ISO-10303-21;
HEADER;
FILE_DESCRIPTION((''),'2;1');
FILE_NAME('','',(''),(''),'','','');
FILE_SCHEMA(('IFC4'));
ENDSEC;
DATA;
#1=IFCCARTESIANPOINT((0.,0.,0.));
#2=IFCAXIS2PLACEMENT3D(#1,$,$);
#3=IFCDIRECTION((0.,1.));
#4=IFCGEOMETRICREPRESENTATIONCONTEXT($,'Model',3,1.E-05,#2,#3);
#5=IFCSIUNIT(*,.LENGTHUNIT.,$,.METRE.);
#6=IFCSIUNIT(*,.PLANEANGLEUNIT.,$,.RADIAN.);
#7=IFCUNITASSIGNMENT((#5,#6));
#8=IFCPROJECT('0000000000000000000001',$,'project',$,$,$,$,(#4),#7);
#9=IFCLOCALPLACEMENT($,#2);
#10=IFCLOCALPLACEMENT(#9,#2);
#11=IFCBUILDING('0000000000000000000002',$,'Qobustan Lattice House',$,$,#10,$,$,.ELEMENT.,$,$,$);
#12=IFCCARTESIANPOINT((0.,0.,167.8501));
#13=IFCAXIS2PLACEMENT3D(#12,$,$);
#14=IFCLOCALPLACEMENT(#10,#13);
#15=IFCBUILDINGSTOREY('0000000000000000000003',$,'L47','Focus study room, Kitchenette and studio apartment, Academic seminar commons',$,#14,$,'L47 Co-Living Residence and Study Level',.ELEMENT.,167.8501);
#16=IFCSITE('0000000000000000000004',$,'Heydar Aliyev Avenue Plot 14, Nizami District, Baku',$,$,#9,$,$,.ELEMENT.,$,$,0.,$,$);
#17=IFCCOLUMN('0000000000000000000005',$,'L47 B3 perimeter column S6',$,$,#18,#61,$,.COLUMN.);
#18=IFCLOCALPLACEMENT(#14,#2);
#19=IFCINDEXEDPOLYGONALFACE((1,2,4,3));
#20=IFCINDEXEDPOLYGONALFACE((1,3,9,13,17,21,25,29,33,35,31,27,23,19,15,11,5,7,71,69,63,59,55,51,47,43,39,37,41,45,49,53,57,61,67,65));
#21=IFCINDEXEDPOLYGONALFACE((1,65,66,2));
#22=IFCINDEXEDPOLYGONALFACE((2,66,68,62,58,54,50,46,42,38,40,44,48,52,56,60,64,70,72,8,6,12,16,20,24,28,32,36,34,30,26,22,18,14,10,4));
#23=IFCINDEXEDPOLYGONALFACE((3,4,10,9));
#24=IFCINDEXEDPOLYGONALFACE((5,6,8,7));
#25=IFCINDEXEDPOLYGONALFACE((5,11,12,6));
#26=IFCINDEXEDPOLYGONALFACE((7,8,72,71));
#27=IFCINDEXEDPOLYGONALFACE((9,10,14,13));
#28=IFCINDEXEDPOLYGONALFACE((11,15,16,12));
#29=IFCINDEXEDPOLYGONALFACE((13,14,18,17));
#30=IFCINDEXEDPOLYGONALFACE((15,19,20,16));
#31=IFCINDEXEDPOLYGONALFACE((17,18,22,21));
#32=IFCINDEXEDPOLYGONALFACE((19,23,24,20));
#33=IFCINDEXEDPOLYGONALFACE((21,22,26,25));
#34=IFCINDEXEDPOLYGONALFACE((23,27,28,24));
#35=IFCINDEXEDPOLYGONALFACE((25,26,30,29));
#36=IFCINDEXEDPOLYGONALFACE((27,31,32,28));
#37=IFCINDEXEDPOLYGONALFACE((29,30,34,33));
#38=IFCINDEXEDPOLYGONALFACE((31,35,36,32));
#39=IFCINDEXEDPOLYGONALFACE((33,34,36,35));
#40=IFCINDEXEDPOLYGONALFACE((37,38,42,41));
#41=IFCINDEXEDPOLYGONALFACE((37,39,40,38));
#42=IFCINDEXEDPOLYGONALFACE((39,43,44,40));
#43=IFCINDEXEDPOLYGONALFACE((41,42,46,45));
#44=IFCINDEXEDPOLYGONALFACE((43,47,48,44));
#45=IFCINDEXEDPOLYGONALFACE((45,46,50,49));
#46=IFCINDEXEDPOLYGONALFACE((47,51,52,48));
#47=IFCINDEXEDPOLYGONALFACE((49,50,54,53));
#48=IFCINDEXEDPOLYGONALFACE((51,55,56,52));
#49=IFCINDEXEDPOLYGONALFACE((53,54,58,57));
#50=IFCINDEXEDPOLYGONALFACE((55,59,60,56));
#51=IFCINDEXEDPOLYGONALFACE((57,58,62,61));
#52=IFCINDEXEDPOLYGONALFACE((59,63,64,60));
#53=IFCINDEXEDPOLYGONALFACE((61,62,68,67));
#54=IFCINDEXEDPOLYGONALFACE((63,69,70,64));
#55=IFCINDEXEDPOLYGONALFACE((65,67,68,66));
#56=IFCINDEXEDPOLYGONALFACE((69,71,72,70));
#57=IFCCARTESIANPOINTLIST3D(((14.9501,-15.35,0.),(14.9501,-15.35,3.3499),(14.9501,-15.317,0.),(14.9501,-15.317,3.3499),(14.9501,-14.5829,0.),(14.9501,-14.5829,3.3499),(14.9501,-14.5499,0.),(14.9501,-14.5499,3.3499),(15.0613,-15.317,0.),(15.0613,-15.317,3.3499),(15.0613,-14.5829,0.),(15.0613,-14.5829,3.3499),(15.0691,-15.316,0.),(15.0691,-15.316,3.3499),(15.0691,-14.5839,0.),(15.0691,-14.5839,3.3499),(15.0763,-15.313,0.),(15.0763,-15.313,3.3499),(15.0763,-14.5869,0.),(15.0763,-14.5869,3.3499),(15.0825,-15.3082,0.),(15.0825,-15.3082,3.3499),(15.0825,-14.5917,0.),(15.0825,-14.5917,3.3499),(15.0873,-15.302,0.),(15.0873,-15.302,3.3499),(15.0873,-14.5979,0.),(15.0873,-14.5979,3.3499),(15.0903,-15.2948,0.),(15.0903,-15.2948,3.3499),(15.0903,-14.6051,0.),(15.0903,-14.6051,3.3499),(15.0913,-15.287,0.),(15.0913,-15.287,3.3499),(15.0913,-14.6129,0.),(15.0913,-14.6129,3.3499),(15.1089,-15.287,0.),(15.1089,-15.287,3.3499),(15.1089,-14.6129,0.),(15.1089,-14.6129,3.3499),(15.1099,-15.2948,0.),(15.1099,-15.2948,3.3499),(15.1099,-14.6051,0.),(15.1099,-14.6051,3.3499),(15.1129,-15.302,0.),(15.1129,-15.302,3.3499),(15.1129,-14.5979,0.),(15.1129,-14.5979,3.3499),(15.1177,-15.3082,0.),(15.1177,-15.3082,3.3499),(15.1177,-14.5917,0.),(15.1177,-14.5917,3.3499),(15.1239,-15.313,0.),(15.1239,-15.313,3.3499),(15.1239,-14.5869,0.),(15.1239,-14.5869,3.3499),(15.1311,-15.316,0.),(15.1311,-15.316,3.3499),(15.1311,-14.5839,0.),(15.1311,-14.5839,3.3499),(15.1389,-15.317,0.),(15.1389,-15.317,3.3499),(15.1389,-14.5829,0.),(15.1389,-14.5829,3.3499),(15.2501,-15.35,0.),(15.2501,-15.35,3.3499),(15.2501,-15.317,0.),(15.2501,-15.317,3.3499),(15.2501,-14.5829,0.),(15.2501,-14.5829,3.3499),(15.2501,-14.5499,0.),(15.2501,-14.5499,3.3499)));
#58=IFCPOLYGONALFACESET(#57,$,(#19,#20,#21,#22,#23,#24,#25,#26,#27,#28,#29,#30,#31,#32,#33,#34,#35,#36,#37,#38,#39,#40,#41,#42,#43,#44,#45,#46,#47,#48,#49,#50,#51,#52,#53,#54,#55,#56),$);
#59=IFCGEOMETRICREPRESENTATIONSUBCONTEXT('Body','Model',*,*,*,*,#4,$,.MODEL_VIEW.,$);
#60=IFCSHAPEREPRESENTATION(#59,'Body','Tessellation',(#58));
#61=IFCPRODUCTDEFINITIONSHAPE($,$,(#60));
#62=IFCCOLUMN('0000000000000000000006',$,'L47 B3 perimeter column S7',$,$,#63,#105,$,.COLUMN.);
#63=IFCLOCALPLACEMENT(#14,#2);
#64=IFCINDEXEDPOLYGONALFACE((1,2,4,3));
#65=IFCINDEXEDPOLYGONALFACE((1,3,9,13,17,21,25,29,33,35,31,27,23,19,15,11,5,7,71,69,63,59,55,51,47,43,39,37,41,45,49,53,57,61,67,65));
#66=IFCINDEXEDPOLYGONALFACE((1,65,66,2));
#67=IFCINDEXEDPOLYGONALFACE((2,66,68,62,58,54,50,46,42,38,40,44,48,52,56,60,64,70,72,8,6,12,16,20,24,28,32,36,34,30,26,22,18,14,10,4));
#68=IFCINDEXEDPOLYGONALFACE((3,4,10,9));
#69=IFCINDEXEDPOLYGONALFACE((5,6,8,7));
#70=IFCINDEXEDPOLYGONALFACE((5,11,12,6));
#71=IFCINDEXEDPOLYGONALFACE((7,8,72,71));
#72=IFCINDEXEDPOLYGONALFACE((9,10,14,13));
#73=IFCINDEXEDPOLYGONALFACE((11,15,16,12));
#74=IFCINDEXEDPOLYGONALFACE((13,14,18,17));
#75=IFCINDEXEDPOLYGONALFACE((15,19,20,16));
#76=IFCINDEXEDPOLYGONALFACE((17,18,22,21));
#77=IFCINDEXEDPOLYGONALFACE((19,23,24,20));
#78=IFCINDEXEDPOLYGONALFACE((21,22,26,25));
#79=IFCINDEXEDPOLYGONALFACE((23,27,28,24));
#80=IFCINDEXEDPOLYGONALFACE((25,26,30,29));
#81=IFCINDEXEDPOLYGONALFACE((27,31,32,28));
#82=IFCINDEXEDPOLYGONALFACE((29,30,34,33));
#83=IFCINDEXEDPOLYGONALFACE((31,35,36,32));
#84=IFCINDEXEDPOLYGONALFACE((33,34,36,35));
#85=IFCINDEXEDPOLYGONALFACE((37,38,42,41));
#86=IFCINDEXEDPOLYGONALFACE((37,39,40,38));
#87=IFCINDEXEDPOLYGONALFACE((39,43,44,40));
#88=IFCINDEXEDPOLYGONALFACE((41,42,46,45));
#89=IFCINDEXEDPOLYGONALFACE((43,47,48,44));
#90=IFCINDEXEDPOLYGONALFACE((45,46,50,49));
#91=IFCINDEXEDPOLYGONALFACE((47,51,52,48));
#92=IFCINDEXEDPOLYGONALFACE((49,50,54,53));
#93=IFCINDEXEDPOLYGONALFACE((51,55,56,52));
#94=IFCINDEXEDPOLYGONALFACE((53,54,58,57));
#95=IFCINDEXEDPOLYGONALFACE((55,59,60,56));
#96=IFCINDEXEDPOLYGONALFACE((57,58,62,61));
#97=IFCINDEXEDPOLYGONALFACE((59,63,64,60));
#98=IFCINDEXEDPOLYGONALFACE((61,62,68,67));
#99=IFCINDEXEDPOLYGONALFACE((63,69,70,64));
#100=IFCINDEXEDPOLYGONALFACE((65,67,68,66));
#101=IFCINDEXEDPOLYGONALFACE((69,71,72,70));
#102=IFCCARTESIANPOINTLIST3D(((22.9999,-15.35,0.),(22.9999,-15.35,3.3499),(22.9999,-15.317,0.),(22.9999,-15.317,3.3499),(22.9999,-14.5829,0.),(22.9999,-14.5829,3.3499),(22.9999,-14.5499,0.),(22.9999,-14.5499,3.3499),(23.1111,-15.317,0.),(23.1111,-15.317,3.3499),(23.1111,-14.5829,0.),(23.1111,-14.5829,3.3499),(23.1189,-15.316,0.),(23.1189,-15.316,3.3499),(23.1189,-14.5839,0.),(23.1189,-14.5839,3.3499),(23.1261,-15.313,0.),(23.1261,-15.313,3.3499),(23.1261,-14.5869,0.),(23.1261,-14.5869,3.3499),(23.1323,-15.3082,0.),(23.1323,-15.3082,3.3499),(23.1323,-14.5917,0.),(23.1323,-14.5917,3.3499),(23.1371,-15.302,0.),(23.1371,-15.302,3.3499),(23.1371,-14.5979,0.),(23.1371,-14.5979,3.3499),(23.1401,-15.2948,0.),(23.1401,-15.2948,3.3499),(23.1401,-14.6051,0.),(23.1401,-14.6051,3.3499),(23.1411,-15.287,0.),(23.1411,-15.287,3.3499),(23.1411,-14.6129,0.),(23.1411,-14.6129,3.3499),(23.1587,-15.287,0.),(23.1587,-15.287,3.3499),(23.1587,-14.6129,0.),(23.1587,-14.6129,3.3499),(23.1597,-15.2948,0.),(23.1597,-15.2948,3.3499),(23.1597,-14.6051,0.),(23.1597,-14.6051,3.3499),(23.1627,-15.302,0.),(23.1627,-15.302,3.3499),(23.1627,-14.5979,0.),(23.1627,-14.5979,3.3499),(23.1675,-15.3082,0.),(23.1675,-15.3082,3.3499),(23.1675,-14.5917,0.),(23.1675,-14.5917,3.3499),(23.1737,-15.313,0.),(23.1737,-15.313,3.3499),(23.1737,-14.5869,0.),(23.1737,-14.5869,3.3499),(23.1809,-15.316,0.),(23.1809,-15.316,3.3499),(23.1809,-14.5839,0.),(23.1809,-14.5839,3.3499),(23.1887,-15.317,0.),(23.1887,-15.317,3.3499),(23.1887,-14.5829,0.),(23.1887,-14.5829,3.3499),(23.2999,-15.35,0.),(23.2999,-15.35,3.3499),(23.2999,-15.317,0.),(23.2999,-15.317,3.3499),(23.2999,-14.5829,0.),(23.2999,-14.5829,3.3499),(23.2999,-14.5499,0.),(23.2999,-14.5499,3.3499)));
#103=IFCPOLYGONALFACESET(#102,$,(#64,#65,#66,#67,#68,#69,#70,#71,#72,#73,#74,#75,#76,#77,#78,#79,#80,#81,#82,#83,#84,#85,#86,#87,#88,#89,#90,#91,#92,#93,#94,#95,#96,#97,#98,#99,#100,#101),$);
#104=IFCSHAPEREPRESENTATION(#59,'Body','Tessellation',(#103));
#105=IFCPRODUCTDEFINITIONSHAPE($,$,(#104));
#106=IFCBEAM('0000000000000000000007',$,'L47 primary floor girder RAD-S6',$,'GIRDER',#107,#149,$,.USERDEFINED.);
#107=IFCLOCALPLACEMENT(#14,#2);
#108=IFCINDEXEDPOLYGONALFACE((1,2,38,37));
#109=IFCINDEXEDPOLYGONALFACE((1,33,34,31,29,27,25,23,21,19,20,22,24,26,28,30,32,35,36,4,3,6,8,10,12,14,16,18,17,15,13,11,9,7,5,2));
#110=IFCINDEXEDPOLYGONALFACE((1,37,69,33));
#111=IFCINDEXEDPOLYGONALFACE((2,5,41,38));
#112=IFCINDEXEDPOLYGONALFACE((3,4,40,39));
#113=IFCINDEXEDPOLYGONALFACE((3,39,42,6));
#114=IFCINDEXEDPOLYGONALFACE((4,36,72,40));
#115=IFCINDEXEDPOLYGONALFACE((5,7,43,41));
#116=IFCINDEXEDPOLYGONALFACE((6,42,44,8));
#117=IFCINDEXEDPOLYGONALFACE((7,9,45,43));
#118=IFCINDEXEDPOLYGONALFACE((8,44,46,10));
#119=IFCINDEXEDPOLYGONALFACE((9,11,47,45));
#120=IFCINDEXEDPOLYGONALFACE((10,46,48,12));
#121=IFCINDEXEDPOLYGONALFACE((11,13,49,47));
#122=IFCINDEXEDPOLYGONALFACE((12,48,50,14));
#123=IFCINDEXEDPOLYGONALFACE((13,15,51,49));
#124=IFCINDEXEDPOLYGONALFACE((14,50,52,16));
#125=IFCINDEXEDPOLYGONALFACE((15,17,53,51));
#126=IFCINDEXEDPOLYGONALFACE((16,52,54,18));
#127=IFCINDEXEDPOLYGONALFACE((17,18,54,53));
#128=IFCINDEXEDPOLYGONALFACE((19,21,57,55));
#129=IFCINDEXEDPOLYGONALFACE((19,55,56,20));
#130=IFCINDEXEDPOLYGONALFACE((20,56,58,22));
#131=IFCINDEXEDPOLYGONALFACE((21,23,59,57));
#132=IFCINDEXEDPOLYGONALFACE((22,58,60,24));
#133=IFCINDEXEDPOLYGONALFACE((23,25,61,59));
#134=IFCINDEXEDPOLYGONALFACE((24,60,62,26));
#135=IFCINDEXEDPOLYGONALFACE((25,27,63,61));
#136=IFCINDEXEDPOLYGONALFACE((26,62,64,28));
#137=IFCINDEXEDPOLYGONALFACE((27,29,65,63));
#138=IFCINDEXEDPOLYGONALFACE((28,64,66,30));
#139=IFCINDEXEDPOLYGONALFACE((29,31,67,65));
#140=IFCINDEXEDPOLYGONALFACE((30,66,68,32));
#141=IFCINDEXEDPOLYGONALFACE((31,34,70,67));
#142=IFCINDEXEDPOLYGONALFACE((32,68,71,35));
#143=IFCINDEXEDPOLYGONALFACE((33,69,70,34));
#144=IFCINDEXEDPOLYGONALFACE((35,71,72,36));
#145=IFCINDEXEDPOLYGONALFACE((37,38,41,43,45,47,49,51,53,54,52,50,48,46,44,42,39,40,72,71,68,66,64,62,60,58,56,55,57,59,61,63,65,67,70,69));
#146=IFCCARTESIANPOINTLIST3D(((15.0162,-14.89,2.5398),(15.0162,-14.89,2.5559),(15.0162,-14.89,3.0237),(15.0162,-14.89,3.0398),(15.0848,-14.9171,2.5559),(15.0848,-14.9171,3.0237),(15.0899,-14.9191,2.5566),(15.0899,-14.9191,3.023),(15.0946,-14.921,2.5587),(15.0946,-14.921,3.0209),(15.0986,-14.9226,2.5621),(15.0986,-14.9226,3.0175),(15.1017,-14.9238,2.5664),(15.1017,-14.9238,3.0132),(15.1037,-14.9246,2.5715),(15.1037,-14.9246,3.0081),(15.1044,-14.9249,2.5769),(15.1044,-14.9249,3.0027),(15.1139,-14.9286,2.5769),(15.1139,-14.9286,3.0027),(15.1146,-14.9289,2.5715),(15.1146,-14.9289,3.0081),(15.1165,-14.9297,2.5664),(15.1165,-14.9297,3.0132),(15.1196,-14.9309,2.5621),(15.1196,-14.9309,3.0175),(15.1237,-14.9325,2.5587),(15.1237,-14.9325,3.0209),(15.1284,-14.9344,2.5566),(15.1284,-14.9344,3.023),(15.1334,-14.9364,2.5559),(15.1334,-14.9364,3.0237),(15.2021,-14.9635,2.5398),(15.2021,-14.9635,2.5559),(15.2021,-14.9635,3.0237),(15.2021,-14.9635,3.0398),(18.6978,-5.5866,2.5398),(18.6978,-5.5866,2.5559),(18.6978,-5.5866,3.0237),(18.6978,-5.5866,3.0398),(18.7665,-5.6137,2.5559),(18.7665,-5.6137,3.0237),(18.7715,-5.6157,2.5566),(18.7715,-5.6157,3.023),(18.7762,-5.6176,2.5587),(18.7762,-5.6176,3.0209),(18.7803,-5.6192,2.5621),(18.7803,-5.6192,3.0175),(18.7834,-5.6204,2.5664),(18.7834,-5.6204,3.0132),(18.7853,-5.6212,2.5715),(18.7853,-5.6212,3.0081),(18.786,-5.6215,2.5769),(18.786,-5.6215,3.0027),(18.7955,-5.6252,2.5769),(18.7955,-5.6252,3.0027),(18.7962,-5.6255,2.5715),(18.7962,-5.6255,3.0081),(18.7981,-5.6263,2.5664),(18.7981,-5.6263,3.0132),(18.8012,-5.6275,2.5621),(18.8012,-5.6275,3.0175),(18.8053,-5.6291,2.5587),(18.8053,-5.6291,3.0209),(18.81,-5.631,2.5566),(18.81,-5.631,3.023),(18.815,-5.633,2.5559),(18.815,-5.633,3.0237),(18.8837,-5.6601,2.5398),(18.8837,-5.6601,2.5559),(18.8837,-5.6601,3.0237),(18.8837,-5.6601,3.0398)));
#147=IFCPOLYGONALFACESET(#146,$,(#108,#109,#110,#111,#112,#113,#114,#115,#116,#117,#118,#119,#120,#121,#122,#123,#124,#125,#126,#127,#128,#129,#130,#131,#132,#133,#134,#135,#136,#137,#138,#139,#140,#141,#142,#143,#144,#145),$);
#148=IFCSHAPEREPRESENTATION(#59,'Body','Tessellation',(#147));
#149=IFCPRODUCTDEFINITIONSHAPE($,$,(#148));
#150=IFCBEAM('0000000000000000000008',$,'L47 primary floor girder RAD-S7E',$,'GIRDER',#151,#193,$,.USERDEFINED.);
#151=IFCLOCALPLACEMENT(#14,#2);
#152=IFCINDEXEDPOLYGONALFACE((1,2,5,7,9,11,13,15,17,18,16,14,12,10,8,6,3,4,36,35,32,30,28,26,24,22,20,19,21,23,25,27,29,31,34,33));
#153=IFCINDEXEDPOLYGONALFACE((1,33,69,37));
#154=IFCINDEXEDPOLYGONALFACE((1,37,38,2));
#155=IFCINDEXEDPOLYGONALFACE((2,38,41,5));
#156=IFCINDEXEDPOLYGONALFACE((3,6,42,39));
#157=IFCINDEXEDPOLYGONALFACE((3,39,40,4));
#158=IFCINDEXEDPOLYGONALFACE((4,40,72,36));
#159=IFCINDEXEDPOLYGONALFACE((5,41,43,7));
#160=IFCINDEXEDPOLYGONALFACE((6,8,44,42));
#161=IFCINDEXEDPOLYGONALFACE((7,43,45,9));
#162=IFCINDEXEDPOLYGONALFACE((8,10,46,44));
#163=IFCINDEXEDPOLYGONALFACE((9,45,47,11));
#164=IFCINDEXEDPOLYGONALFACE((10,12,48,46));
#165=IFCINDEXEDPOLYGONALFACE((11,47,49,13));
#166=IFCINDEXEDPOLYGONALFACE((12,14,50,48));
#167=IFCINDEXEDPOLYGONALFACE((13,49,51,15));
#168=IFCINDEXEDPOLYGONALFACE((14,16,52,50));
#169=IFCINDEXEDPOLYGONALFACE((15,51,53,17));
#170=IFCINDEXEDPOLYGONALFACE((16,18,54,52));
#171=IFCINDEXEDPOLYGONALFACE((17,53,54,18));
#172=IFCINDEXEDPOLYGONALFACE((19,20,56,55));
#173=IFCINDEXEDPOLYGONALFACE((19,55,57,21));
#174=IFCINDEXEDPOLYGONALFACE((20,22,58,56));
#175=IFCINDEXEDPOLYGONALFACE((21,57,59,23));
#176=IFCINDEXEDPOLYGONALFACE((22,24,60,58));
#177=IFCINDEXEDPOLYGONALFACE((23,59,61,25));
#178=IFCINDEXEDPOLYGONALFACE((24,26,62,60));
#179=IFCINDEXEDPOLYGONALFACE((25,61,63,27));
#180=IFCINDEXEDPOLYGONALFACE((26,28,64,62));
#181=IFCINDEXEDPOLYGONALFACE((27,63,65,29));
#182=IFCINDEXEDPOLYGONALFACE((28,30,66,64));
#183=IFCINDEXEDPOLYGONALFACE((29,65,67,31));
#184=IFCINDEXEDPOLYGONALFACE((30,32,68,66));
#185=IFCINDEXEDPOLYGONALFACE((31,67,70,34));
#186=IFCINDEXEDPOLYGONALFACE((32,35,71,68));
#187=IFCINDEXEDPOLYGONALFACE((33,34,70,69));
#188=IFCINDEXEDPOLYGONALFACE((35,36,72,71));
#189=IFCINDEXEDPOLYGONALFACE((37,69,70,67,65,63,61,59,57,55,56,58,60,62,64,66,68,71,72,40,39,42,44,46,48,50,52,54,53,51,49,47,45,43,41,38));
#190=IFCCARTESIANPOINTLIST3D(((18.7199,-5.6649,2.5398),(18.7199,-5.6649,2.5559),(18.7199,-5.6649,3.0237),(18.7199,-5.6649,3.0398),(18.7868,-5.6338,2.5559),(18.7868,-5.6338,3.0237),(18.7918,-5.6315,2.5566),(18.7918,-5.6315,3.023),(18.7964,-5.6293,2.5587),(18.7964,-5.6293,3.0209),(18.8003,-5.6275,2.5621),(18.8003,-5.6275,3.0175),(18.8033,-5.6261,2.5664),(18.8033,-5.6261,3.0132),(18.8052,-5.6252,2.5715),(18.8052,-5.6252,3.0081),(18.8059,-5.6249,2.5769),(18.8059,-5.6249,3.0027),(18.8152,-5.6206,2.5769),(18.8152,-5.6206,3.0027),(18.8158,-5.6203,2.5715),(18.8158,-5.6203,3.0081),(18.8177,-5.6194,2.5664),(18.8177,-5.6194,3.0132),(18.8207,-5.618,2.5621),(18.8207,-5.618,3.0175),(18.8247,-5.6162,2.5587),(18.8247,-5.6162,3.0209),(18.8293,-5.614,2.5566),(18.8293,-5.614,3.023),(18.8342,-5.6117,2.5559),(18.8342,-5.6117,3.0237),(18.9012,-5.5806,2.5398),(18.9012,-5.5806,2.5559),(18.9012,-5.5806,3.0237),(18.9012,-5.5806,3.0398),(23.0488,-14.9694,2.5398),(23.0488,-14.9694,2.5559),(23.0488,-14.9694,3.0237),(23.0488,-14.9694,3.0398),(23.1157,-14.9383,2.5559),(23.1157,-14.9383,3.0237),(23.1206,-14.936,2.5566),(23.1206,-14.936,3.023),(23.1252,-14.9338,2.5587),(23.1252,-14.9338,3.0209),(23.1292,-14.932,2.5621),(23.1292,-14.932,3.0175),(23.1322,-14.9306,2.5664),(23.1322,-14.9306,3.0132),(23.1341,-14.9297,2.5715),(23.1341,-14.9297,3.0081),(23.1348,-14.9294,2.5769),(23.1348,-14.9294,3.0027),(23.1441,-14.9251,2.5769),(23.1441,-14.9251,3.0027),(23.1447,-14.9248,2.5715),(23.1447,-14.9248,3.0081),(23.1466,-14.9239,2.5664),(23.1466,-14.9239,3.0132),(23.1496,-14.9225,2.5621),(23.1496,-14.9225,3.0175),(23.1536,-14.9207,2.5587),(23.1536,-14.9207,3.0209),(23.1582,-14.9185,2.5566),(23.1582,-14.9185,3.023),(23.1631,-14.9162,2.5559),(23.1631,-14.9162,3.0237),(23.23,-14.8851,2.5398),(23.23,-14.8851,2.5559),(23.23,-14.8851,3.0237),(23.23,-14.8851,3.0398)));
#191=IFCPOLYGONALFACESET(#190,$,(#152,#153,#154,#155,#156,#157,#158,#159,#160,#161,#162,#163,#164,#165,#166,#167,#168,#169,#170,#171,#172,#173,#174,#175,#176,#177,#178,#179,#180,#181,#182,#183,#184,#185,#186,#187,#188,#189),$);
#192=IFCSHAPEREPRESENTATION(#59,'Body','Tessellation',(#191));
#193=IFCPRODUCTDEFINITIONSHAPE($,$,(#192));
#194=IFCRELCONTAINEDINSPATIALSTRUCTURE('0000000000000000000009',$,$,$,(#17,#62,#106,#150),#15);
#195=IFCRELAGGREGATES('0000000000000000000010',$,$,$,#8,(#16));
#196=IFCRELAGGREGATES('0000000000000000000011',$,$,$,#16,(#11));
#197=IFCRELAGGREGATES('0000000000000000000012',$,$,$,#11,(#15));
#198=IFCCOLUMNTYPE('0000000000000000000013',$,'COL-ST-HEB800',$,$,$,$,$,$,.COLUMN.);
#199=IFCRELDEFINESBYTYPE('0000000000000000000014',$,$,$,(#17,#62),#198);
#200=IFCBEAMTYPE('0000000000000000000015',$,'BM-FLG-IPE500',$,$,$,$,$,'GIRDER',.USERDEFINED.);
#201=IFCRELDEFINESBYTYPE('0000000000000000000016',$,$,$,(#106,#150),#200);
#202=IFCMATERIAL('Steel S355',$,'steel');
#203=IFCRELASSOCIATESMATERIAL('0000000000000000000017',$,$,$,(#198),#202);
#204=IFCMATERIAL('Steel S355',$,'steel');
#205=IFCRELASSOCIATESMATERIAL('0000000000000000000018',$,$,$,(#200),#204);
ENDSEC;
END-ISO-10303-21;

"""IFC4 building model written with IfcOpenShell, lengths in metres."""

from ifc_helpers import new_model, si_unit, direction, frame, origin, origin_2d, place, context, subcontext, project, spatial, i_section, extrude, material, material_profile, profile_set, type_object, element, save


model = new_model("IFC4")

# Units and contexts
model_context = context("Model", 3, precision=1e-05, world=origin(), true_north=direction((0.0, 1.0)))
body_context = subcontext(model_context, "Body", "Model", "MODEL_VIEW")
ifc_project = project(units=[si_unit("LENGTHUNIT", "METRE"), si_unit("PLANEANGLEUNIT", "RADIAN")], contexts=[model_context])

# Site, building, storey
site_placement = place(None, origin())
site = spatial("IfcSite", under=ifc_project, at=site_placement, Name="Heydar Aliyev Avenue Plot 14, Nizami District, Baku", CompositionType="ELEMENT", RefElevation=0.0)
building_placement = place(site_placement, origin())
building = spatial("IfcBuilding", under=site, at=building_placement, Name="Qobustan Lattice House", CompositionType="ELEMENT")
storey_placement = place(building_placement, frame((0.0, 0.0, 167.8501)))
storey = spatial("IfcBuildingStorey", under=building, at=storey_placement, Name="L47", Description="Focus study room, Kitchenette and studio apartment, Academic seminar commons", LongName="L47 Co-Living Residence and Study Level", CompositionType="ELEMENT", Elevation=167.8501)

# Columns
ifc_material_1 = material(Name="Steel S355", Category="steel")
ifc_material_profile_1 = material_profile(ifc_material_1, i_section(OverallWidth=0.3, OverallDepth=0.8, WebThickness=0.0176, FlangeThickness=0.033, FilletRadius=0.03, at=origin_2d()), Name="HEB800")
ifc_profile_set_1 = profile_set([ifc_material_profile_1], Name="Steel S355")
column_type = type_object("IfcColumnType", Name="COL-ST-HEB800", PredefinedType="COLUMN", material=ifc_profile_set_1)
for number, where, z_axis, x_axis, name in (
    (1, (15.1001, -14.95, 0.0), (0.0, 0.0, 1.0), (1.0, 0.0, 0.0), "L47 B3 perimeter column S6"),
    (2, (23.1499, -14.95, 0.0), (0.0, 0.0, 1.0), (1.0, 0.0, 0.0), "L47 B3 perimeter column S7"),
):
    element("IfcColumn", number, at=place(storey_placement, frame(where, z_axis=z_axis, x_axis=x_axis)), inside=storey, type_object=column_type, Name=name, PredefinedType="COLUMN", context=body_context, shape_type="SweptSolid", body=[
        extrude(i_section(OverallWidth=0.3, OverallDepth=0.8, WebThickness=0.0176, FlangeThickness=0.033, FilletRadius=0.03, at=origin_2d()), origin(), (0.0, 0.0, 1.0), 3.3499),
    ])

# Beams
ifc_material_2 = material(Name="Steel S355", Category="steel")
ifc_material_profile_2 = material_profile(ifc_material_2, i_section(OverallWidth=0.2, OverallDepth=0.5, WebThickness=0.0103, FlangeThickness=0.0161, FilletRadius=0.021, at=origin_2d()), Name="IPE500")
ifc_profile_set_2 = profile_set([ifc_material_profile_2], Name="Steel S355")
beam_type_1 = type_object("IfcBeamType", Name="BM-FLG-IPE500", ElementType="GIRDER", PredefinedType="USERDEFINED", material=ifc_profile_set_2)
beam_1_placement = place(storey_placement, frame((15.1091, -14.9268, 2.7898), z_axis=(0.367964, 0.92984, 0.0), x_axis=(-0.92984, 0.367964, 0.0)))
element("IfcBeam", 3, at=beam_1_placement, inside=storey, type_object=beam_type_1, Name="L47 primary floor girder RAD-S6", ObjectType="GIRDER", PredefinedType="USERDEFINED", context=body_context, shape_type="SweptSolid", body=[
    extrude(i_section(OverallWidth=0.2, OverallDepth=0.5, WebThickness=0.0103, FlangeThickness=0.0161, FilletRadius=0.021, at=origin_2d()), origin(), (0.0, 0.0, 1.0), 10.0054),
])
beam_2_placement = place(storey_placement, frame((23.1394, -14.9272, 2.7898), z_axis=(-0.421828, 0.906676, 0.0), x_axis=(-0.906676, -0.421828, 0.0)))
element("IfcBeam", 4, at=beam_2_placement, inside=storey, type_object=beam_type_1, Name="L47 primary floor girder RAD-S7E", ObjectType="GIRDER", PredefinedType="USERDEFINED", context=body_context, shape_type="SweptSolid", body=[
    extrude(i_section(OverallWidth=0.2, OverallDepth=0.5, WebThickness=0.0103, FlangeThickness=0.0161, FilletRadius=0.021, at=origin_2d()), origin(), (0.0, 0.0, 1.0), 10.2622),
])

save(model, "model.ifc")
